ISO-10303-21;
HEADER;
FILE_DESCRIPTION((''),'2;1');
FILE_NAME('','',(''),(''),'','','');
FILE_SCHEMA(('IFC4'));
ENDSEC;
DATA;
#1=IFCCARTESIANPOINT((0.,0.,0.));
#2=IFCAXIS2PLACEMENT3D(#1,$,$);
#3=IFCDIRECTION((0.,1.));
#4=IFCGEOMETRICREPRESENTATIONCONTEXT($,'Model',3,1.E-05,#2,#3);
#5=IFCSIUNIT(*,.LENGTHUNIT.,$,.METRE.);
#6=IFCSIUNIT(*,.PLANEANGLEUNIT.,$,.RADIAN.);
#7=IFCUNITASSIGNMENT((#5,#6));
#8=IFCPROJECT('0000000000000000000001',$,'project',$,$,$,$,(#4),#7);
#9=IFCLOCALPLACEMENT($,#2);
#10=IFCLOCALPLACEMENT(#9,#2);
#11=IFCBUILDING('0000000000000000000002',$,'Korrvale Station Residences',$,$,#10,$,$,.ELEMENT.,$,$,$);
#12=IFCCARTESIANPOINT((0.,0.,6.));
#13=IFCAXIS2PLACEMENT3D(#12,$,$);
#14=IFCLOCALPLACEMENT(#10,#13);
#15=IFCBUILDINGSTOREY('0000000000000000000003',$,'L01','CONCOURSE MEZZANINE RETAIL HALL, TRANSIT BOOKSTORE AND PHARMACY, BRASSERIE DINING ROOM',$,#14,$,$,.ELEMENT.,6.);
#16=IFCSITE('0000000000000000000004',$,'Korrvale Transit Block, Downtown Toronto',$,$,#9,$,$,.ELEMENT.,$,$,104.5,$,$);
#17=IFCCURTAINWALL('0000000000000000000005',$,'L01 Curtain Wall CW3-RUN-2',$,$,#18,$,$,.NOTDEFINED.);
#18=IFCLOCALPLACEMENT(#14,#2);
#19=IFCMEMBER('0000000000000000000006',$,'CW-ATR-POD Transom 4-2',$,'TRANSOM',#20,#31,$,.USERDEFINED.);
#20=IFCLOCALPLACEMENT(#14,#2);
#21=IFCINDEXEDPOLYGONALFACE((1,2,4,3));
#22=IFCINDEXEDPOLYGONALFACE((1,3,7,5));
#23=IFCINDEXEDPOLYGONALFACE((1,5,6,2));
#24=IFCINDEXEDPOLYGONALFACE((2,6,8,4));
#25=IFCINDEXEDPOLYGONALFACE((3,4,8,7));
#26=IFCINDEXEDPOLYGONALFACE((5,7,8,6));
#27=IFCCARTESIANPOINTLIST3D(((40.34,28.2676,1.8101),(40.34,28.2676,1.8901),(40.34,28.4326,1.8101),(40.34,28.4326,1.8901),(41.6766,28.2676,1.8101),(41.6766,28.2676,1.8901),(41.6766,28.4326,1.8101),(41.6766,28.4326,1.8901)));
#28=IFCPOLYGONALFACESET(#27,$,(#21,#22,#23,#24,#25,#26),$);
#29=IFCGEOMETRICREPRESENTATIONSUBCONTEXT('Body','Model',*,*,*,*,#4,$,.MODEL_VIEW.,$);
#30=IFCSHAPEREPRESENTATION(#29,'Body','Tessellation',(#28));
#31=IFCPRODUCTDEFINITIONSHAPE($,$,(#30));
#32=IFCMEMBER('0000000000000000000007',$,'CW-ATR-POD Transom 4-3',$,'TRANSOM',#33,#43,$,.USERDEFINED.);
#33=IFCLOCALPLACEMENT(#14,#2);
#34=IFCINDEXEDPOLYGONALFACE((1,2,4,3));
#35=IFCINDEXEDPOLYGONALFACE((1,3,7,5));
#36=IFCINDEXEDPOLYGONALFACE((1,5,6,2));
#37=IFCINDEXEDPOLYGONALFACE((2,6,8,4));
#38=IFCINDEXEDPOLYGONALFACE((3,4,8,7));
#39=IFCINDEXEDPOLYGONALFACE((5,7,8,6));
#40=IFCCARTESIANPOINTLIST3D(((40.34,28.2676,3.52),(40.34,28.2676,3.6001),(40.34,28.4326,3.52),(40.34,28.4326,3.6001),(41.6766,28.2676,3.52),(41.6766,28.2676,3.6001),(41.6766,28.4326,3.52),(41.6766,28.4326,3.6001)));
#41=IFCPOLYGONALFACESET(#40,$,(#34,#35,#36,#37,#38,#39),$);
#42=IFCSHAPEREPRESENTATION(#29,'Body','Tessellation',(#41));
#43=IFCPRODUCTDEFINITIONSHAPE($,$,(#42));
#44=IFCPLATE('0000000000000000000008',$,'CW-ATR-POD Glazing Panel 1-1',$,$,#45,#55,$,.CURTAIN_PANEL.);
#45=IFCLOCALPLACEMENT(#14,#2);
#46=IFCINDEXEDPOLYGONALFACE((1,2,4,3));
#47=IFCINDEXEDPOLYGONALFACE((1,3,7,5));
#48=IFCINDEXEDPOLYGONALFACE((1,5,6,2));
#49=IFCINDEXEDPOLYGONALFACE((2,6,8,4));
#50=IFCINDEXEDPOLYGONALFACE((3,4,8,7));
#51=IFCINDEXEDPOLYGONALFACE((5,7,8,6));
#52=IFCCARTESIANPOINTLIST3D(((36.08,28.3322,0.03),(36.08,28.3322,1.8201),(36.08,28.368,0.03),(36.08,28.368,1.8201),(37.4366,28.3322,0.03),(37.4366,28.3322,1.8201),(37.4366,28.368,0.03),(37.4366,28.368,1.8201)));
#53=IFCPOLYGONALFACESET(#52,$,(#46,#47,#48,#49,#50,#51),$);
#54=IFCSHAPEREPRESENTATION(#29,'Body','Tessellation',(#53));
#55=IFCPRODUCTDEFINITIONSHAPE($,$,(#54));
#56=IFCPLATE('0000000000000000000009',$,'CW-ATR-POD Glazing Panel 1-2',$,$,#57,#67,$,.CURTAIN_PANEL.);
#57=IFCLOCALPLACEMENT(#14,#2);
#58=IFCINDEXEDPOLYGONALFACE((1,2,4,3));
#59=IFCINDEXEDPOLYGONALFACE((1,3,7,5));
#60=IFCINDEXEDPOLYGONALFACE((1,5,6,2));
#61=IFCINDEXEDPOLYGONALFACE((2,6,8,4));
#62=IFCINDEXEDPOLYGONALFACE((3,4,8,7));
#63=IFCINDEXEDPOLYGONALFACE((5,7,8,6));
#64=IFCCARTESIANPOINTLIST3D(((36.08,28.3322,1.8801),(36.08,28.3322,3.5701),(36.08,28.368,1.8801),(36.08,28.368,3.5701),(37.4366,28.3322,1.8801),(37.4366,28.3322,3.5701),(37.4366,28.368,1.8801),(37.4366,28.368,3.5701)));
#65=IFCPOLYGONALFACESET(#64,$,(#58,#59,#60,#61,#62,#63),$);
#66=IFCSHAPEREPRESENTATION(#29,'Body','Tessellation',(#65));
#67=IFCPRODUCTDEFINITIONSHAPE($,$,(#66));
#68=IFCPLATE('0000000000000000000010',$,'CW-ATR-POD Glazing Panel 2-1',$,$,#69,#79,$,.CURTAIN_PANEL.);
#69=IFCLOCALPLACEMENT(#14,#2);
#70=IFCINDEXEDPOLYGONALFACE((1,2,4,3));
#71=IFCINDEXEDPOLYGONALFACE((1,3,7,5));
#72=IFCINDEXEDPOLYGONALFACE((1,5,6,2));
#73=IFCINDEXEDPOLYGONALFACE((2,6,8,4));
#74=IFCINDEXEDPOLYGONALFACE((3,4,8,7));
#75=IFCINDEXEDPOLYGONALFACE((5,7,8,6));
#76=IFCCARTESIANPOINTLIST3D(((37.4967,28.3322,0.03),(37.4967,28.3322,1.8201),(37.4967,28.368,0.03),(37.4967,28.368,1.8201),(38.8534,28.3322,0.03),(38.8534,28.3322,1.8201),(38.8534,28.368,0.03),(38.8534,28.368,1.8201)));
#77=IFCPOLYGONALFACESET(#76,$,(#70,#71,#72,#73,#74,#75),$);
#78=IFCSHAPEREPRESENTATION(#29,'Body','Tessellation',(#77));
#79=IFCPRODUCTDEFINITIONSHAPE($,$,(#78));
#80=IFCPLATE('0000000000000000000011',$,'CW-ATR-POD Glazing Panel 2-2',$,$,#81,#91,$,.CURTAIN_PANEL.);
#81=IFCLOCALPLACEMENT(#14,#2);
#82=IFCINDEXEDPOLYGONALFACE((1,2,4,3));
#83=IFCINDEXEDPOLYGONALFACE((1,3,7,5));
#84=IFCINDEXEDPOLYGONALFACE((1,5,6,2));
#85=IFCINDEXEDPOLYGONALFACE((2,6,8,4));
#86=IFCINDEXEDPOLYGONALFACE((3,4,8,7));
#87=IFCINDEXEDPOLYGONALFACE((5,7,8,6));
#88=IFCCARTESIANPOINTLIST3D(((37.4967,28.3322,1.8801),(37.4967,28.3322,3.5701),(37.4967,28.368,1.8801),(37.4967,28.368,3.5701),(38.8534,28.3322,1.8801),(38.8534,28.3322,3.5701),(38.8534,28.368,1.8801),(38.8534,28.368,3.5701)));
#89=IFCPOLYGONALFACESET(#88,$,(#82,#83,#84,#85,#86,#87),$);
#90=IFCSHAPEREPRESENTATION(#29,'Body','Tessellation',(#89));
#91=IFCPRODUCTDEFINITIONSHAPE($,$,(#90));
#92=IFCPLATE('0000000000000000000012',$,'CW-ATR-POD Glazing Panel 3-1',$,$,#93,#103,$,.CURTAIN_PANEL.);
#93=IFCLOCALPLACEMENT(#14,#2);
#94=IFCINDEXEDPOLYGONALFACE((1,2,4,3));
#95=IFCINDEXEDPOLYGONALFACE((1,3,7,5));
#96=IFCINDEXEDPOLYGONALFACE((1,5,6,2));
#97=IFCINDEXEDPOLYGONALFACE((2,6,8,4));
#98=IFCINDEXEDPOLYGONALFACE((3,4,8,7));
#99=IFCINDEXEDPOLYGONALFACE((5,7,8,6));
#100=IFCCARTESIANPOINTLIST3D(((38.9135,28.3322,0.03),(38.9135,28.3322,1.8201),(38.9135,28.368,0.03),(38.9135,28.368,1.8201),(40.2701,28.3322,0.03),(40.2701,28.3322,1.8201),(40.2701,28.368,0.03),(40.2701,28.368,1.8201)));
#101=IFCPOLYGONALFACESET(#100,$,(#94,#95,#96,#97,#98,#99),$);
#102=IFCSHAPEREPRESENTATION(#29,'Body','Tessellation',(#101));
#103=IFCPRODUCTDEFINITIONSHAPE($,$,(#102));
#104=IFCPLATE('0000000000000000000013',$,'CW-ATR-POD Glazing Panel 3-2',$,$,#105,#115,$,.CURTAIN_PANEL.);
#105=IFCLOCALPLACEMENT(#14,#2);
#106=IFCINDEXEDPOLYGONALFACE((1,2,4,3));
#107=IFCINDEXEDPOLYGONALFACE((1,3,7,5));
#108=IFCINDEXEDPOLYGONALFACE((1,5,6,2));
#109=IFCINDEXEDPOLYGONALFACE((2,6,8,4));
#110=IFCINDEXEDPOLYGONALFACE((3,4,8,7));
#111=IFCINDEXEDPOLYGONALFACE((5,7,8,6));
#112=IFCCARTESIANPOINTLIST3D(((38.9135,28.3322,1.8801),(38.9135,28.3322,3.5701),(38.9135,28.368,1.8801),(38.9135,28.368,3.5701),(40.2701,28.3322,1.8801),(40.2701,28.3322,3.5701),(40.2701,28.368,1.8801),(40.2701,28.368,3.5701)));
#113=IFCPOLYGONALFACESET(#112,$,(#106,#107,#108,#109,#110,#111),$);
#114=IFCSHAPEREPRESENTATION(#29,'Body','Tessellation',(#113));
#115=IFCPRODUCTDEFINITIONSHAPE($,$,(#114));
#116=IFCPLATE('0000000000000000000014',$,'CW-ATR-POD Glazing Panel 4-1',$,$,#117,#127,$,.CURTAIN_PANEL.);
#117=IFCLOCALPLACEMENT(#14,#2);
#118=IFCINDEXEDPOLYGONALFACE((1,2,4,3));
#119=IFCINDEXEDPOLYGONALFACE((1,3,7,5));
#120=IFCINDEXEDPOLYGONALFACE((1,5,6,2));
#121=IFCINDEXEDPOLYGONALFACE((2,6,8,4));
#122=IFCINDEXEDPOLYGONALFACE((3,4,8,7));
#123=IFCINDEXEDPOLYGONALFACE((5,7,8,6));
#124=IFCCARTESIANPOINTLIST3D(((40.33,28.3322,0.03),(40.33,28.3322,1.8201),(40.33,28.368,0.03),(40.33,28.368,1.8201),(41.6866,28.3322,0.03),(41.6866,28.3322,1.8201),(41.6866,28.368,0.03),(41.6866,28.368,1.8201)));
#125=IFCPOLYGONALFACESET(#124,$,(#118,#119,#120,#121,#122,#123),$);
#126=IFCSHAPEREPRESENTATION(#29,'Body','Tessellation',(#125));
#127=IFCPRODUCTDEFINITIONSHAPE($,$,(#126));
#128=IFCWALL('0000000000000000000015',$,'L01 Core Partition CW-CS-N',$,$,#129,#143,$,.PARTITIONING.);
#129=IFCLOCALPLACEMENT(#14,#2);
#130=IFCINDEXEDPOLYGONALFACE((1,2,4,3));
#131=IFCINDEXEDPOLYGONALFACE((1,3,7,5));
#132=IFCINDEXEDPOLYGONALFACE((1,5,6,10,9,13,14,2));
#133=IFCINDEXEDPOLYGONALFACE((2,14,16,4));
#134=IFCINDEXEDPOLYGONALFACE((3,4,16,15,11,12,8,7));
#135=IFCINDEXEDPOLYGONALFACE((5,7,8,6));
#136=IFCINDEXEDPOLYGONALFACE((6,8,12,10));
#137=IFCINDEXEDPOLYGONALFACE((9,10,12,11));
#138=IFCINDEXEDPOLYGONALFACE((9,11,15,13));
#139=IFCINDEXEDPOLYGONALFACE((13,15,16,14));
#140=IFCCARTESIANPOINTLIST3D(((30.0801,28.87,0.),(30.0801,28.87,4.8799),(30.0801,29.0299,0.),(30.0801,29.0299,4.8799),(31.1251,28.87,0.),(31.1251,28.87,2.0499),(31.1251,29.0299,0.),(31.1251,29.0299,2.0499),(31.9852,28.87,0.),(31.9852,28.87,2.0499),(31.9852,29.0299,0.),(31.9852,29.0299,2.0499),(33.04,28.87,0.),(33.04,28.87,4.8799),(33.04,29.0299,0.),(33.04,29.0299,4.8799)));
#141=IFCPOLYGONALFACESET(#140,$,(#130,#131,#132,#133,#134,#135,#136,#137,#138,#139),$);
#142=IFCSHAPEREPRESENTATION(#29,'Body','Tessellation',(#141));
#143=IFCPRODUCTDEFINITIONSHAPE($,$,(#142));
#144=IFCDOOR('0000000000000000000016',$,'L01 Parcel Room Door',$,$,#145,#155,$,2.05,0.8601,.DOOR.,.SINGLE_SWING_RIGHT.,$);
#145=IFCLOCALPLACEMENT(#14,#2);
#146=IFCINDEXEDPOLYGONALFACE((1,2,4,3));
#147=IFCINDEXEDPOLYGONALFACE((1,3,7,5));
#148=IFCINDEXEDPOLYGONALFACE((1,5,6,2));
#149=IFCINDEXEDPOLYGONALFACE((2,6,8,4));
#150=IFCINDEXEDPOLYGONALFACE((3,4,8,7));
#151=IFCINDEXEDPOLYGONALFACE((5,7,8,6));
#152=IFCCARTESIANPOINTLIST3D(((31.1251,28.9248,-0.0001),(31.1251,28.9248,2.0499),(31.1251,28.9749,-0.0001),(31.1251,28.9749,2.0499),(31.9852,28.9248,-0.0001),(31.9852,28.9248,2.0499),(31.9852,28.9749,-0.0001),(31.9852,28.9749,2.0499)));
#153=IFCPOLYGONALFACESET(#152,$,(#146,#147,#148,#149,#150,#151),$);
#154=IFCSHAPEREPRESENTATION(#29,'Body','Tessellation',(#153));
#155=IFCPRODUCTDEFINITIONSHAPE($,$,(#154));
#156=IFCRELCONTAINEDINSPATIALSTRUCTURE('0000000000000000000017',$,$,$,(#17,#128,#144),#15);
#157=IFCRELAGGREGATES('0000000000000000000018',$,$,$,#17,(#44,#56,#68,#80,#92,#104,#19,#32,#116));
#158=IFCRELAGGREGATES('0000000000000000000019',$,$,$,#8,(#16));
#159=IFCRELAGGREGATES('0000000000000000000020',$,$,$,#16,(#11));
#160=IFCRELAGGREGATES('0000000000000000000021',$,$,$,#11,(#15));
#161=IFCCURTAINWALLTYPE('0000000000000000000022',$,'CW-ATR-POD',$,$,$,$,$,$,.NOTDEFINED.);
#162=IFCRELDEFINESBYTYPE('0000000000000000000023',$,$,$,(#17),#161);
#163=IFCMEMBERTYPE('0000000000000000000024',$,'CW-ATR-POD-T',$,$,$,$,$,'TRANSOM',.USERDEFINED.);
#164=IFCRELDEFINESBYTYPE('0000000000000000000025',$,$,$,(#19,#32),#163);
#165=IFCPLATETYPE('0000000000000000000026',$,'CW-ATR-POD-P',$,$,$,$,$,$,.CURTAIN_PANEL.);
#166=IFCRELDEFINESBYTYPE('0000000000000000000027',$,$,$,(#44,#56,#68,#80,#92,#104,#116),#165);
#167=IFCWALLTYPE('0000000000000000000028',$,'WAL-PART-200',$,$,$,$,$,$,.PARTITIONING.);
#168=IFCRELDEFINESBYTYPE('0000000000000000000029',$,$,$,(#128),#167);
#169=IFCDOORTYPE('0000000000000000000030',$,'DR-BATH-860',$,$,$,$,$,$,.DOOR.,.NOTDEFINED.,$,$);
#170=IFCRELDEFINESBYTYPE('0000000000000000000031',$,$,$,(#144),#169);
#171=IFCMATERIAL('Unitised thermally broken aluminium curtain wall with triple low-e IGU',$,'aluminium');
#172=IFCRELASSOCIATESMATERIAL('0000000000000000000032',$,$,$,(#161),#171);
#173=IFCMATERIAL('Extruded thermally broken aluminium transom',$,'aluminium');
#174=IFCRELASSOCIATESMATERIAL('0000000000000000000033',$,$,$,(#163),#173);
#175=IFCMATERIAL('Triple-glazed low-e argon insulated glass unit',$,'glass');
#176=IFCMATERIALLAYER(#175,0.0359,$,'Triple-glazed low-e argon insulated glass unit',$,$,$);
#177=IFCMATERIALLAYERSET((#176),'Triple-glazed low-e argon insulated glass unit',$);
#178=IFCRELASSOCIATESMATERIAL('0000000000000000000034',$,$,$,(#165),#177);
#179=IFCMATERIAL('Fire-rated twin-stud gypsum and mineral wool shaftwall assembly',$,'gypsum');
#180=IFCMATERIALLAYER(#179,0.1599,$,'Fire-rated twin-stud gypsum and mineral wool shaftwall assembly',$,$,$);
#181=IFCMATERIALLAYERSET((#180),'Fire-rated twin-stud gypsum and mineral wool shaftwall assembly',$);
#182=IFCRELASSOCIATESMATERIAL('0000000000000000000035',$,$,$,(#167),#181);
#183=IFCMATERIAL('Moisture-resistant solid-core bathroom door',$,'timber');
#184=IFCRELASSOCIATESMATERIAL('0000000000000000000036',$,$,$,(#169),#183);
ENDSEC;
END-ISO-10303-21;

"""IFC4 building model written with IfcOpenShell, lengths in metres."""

from ifc_helpers import new_model, si_unit, direction, frame, frame_2d, origin, origin_2d, place, context, subcontext, project, spatial, rectangle, extrude, material, layer, layer_set, type_object, element, fill, aggregate, save


model = new_model("IFC4")

# Units and contexts
model_context = context("Model", 3, precision=1e-05, world=origin(), true_north=direction((0.0, 1.0)))
body_context = subcontext(model_context, "Body", "Model", "MODEL_VIEW")
ifc_project = project(units=[si_unit("LENGTHUNIT", "METRE"), si_unit("PLANEANGLEUNIT", "RADIAN")], contexts=[model_context])

# Site, building, storey
site_placement = place(None, origin())
site = spatial("IfcSite", under=ifc_project, at=site_placement, Name="Korrvale Transit Block, Downtown Toronto", CompositionType="ELEMENT", RefElevation=104.5)
building_placement = place(site_placement, origin())
building = spatial("IfcBuilding", under=site, at=building_placement, Name="Korrvale Station Residences", CompositionType="ELEMENT")
storey_placement = place(building_placement, frame((0.0, 0.0, 6.0)))
storey = spatial("IfcBuildingStorey", under=building, at=storey_placement, Name="L01", Description="CONCOURSE MEZZANINE RETAIL HALL, TRANSIT BOOKSTORE AND PHARMACY, BRASSERIE DINING ROOM", CompositionType="ELEMENT", Elevation=6.0)

# Curtain wall, members, plates
ifc_material_1 = material(Name="Unitised thermally broken aluminium curtain wall with triple low-e IGU", Category="aluminium")
curtain_wall_type = type_object("IfcCurtainWallType", Name="CW-ATR-POD", PredefinedType="NOTDEFINED", material=ifc_material_1)
curtain_wall_placement = place(storey_placement, origin())
curtain_wall = element("IfcCurtainWall", 1, at=curtain_wall_placement, inside=storey, type_object=curtain_wall_type, Name="L01 Curtain Wall CW3-RUN-2", PredefinedType="NOTDEFINED")
ifc_material_2 = material(Name="Extruded thermally broken aluminium transom", Category="aluminium")
member_type_1 = type_object("IfcMemberType", Name="CW-ATR-POD-T", ElementType="TRANSOM", PredefinedType="USERDEFINED", material=ifc_material_2)
member_1_placement = place(storey_placement, frame((41.0083, 28.3501, 1.8101), z_axis=(0.0, 0.0, 1.0), x_axis=(1.0, 0.0, 0.0)))
member_1 = element("IfcMember", 2, at=member_1_placement, type_object=member_type_1, Name="CW-ATR-POD Transom 4-2", ObjectType="TRANSOM", PredefinedType="USERDEFINED", context=body_context, shape_type="SweptSolid", body=[
    extrude(rectangle(XDim=1.3367, YDim=0.165, at=origin_2d()), origin(), (0.0, 0.0, 1.0), 0.0801),
])
member_2_placement = place(storey_placement, frame((41.0083, 28.3501, 3.52), z_axis=(0.0, 0.0, 1.0), x_axis=(1.0, 0.0, 0.0)))
member_2 = element("IfcMember", 3, at=member_2_placement, type_object=member_type_1, Name="CW-ATR-POD Transom 4-3", ObjectType="TRANSOM", PredefinedType="USERDEFINED", context=body_context, shape_type="SweptSolid", body=[
    extrude(rectangle(XDim=1.3367, YDim=0.165, at=origin_2d()), origin(), (0.0, 0.0, 1.0), 0.0801),
])
ifc_material_3 = material(Name="Triple-glazed low-e argon insulated glass unit", Category="glass")
ifc_layer_1 = layer(ifc_material_3, 0.0359, Name="Triple-glazed low-e argon insulated glass unit")
ifc_layer_set_1 = layer_set([ifc_layer_1], Name="Triple-glazed low-e argon insulated glass unit")
plate_type = type_object("IfcPlateType", Name="CW-ATR-POD-P", PredefinedType="CURTAIN_PANEL", material=ifc_layer_set_1)
plate_1_placement = place(storey_placement, frame((36.7583, 28.3501, 0.03), z_axis=(0.0, 0.0, 1.0), x_axis=(1.0, 0.0, 0.0)))
plate_1 = element("IfcPlate", 4, at=plate_1_placement, type_object=plate_type, Name="CW-ATR-POD Glazing Panel 1-1", PredefinedType="CURTAIN_PANEL", context=body_context, shape_type="SweptSolid", body=[
    extrude(rectangle(XDim=1.3567, YDim=0.0359, at=origin_2d()), origin(), (0.0, 0.0, 1.0), 1.79),
])
plate_2_placement = place(storey_placement, frame((36.7583, 28.3501, 1.8801), z_axis=(0.0, 0.0, 1.0), x_axis=(1.0, 0.0, 0.0)))
plate_2 = element("IfcPlate", 5, at=plate_2_placement, type_object=plate_type, Name="CW-ATR-POD Glazing Panel 1-2", PredefinedType="CURTAIN_PANEL", context=body_context, shape_type="SweptSolid", body=[
    extrude(rectangle(XDim=1.3567, YDim=0.0359, at=origin_2d()), origin(), (0.0, 0.0, 1.0), 1.6899),
])
plate_3_placement = place(storey_placement, frame((38.175, 28.3501, 0.03), z_axis=(0.0, 0.0, 1.0), x_axis=(1.0, 0.0, 0.0)))
plate_3 = element("IfcPlate", 6, at=plate_3_placement, type_object=plate_type, Name="CW-ATR-POD Glazing Panel 2-1", PredefinedType="CURTAIN_PANEL", context=body_context, shape_type="SweptSolid", body=[
    extrude(rectangle(XDim=1.3567, YDim=0.0359, at=origin_2d()), origin(), (0.0, 0.0, 1.0), 1.79),
])
plate_4_placement = place(storey_placement, frame((38.175, 28.3501, 1.8801), z_axis=(0.0, 0.0, 1.0), x_axis=(1.0, 0.0, 0.0)))
plate_4 = element("IfcPlate", 7, at=plate_4_placement, type_object=plate_type, Name="CW-ATR-POD Glazing Panel 2-2", PredefinedType="CURTAIN_PANEL", context=body_context, shape_type="SweptSolid", body=[
    extrude(rectangle(XDim=1.3567, YDim=0.0359, at=origin_2d()), origin(), (0.0, 0.0, 1.0), 1.6899),
])
plate_5_placement = place(storey_placement, frame((39.5918, 28.3501, 0.03), z_axis=(0.0, 0.0, 1.0), x_axis=(1.0, 0.0, 0.0)))
plate_5 = element("IfcPlate", 8, at=plate_5_placement, type_object=plate_type, Name="CW-ATR-POD Glazing Panel 3-1", PredefinedType="CURTAIN_PANEL", context=body_context, shape_type="SweptSolid", body=[
    extrude(rectangle(XDim=1.3567, YDim=0.0359, at=origin_2d()), origin(), (0.0, 0.0, 1.0), 1.79),
])
plate_6_placement = place(storey_placement, frame((39.5918, 28.3501, 1.8801), z_axis=(0.0, 0.0, 1.0), x_axis=(1.0, 0.0, 0.0)))
plate_6 = element("IfcPlate", 9, at=plate_6_placement, type_object=plate_type, Name="CW-ATR-POD Glazing Panel 3-2", PredefinedType="CURTAIN_PANEL", context=body_context, shape_type="SweptSolid", body=[
    extrude(rectangle(XDim=1.3567, YDim=0.0359, at=origin_2d()), origin(), (0.0, 0.0, 1.0), 1.6899),
])
plate_7_placement = place(storey_placement, frame((41.0083, 28.3501, 0.03), z_axis=(0.0, 0.0, 1.0), x_axis=(1.0, 0.0, 0.0)))
plate_7 = element("IfcPlate", 10, at=plate_7_placement, type_object=plate_type, Name="CW-ATR-POD Glazing Panel 4-1", PredefinedType="CURTAIN_PANEL", context=body_context, shape_type="SweptSolid", body=[
    extrude(rectangle(XDim=1.3567, YDim=0.0359, at=origin_2d()), origin(), (0.0, 0.0, 1.0), 1.79),
])
aggregate(curtain_wall, [plate_1, plate_2, plate_3, plate_4, plate_5, plate_6, member_1, member_2, plate_7])

# Wall, opening, door
ifc_material_4 = material(Name="Fire-rated twin-stud gypsum and mineral wool shaftwall assembly", Category="gypsum")
ifc_layer_2 = layer(ifc_material_4, 0.1599, Name="Fire-rated twin-stud gypsum and mineral wool shaftwall assembly")
ifc_layer_set_2 = layer_set([ifc_layer_2], Name="Fire-rated twin-stud gypsum and mineral wool shaftwall assembly")
wall_type = type_object("IfcWallType", Name="WAL-PART-200", PredefinedType="PARTITIONING", material=ifc_layer_set_2)
wall_placement = place(storey_placement, frame((30.0801, 28.95, 0.0), z_axis=(0.0, 0.0, 1.0), x_axis=(1.0, 0.0, 0.0)))
wall = element("IfcWall", 11, at=wall_placement, inside=storey, type_object=wall_type, Name="L01 Core Partition CW-CS-N", PredefinedType="PARTITIONING", context=body_context, shape_type="SweptSolid", body=[
    extrude(rectangle(XDim=2.96, YDim=0.1599, at=frame_2d((1.48, 0.0))), origin(), (0.0, 0.0, 1.0), 4.8799),
])
opening_placement = place(wall_placement, frame((1.0449, 0.0, 0.0)))
opening = element("IfcOpeningElement", 12, at=opening_placement, cuts=wall, PredefinedType="OPENING", context=body_context, shape_type="SweptSolid", body=[
    extrude(rectangle(XDim=0.8601, YDim=2.05, at=frame_2d((0.4302, 1.0249))), frame((0.0, 0.0898, 0.0), z_axis=(0.0, -1.0, 0.0), x_axis=(1.0, 0.0, 0.0)), (0.0, 0.0, 1.0), 0.1799),
])
ifc_material_5 = material(Name="Moisture-resistant solid-core bathroom door", Category="timber")
door_type = type_object("IfcDoorType", Name="DR-BATH-860", OperationType="NOTDEFINED", PredefinedType="DOOR", material=ifc_material_5)
door_placement = place(opening_placement, origin())
door = element("IfcDoor", 13, at=door_placement, inside=storey, type_object=door_type, Name="L01 Parcel Room Door", OperationType="SINGLE_SWING_RIGHT", OverallHeight=2.05, OverallWidth=0.8601, PredefinedType="DOOR", context=body_context, shape_type="SweptSolid", body=[
    extrude(rectangle(XDim=0.8601, YDim=2.05, at=frame_2d((0.4302, 1.0249))), frame((0.0, 0.0249, 0.0), z_axis=(0.0, -1.0, 0.0), x_axis=(1.0, 0.0, 0.0)), (0.0, 0.0, 1.0), 0.05),
])
fill(opening, door)

save(model, "model.ifc")
